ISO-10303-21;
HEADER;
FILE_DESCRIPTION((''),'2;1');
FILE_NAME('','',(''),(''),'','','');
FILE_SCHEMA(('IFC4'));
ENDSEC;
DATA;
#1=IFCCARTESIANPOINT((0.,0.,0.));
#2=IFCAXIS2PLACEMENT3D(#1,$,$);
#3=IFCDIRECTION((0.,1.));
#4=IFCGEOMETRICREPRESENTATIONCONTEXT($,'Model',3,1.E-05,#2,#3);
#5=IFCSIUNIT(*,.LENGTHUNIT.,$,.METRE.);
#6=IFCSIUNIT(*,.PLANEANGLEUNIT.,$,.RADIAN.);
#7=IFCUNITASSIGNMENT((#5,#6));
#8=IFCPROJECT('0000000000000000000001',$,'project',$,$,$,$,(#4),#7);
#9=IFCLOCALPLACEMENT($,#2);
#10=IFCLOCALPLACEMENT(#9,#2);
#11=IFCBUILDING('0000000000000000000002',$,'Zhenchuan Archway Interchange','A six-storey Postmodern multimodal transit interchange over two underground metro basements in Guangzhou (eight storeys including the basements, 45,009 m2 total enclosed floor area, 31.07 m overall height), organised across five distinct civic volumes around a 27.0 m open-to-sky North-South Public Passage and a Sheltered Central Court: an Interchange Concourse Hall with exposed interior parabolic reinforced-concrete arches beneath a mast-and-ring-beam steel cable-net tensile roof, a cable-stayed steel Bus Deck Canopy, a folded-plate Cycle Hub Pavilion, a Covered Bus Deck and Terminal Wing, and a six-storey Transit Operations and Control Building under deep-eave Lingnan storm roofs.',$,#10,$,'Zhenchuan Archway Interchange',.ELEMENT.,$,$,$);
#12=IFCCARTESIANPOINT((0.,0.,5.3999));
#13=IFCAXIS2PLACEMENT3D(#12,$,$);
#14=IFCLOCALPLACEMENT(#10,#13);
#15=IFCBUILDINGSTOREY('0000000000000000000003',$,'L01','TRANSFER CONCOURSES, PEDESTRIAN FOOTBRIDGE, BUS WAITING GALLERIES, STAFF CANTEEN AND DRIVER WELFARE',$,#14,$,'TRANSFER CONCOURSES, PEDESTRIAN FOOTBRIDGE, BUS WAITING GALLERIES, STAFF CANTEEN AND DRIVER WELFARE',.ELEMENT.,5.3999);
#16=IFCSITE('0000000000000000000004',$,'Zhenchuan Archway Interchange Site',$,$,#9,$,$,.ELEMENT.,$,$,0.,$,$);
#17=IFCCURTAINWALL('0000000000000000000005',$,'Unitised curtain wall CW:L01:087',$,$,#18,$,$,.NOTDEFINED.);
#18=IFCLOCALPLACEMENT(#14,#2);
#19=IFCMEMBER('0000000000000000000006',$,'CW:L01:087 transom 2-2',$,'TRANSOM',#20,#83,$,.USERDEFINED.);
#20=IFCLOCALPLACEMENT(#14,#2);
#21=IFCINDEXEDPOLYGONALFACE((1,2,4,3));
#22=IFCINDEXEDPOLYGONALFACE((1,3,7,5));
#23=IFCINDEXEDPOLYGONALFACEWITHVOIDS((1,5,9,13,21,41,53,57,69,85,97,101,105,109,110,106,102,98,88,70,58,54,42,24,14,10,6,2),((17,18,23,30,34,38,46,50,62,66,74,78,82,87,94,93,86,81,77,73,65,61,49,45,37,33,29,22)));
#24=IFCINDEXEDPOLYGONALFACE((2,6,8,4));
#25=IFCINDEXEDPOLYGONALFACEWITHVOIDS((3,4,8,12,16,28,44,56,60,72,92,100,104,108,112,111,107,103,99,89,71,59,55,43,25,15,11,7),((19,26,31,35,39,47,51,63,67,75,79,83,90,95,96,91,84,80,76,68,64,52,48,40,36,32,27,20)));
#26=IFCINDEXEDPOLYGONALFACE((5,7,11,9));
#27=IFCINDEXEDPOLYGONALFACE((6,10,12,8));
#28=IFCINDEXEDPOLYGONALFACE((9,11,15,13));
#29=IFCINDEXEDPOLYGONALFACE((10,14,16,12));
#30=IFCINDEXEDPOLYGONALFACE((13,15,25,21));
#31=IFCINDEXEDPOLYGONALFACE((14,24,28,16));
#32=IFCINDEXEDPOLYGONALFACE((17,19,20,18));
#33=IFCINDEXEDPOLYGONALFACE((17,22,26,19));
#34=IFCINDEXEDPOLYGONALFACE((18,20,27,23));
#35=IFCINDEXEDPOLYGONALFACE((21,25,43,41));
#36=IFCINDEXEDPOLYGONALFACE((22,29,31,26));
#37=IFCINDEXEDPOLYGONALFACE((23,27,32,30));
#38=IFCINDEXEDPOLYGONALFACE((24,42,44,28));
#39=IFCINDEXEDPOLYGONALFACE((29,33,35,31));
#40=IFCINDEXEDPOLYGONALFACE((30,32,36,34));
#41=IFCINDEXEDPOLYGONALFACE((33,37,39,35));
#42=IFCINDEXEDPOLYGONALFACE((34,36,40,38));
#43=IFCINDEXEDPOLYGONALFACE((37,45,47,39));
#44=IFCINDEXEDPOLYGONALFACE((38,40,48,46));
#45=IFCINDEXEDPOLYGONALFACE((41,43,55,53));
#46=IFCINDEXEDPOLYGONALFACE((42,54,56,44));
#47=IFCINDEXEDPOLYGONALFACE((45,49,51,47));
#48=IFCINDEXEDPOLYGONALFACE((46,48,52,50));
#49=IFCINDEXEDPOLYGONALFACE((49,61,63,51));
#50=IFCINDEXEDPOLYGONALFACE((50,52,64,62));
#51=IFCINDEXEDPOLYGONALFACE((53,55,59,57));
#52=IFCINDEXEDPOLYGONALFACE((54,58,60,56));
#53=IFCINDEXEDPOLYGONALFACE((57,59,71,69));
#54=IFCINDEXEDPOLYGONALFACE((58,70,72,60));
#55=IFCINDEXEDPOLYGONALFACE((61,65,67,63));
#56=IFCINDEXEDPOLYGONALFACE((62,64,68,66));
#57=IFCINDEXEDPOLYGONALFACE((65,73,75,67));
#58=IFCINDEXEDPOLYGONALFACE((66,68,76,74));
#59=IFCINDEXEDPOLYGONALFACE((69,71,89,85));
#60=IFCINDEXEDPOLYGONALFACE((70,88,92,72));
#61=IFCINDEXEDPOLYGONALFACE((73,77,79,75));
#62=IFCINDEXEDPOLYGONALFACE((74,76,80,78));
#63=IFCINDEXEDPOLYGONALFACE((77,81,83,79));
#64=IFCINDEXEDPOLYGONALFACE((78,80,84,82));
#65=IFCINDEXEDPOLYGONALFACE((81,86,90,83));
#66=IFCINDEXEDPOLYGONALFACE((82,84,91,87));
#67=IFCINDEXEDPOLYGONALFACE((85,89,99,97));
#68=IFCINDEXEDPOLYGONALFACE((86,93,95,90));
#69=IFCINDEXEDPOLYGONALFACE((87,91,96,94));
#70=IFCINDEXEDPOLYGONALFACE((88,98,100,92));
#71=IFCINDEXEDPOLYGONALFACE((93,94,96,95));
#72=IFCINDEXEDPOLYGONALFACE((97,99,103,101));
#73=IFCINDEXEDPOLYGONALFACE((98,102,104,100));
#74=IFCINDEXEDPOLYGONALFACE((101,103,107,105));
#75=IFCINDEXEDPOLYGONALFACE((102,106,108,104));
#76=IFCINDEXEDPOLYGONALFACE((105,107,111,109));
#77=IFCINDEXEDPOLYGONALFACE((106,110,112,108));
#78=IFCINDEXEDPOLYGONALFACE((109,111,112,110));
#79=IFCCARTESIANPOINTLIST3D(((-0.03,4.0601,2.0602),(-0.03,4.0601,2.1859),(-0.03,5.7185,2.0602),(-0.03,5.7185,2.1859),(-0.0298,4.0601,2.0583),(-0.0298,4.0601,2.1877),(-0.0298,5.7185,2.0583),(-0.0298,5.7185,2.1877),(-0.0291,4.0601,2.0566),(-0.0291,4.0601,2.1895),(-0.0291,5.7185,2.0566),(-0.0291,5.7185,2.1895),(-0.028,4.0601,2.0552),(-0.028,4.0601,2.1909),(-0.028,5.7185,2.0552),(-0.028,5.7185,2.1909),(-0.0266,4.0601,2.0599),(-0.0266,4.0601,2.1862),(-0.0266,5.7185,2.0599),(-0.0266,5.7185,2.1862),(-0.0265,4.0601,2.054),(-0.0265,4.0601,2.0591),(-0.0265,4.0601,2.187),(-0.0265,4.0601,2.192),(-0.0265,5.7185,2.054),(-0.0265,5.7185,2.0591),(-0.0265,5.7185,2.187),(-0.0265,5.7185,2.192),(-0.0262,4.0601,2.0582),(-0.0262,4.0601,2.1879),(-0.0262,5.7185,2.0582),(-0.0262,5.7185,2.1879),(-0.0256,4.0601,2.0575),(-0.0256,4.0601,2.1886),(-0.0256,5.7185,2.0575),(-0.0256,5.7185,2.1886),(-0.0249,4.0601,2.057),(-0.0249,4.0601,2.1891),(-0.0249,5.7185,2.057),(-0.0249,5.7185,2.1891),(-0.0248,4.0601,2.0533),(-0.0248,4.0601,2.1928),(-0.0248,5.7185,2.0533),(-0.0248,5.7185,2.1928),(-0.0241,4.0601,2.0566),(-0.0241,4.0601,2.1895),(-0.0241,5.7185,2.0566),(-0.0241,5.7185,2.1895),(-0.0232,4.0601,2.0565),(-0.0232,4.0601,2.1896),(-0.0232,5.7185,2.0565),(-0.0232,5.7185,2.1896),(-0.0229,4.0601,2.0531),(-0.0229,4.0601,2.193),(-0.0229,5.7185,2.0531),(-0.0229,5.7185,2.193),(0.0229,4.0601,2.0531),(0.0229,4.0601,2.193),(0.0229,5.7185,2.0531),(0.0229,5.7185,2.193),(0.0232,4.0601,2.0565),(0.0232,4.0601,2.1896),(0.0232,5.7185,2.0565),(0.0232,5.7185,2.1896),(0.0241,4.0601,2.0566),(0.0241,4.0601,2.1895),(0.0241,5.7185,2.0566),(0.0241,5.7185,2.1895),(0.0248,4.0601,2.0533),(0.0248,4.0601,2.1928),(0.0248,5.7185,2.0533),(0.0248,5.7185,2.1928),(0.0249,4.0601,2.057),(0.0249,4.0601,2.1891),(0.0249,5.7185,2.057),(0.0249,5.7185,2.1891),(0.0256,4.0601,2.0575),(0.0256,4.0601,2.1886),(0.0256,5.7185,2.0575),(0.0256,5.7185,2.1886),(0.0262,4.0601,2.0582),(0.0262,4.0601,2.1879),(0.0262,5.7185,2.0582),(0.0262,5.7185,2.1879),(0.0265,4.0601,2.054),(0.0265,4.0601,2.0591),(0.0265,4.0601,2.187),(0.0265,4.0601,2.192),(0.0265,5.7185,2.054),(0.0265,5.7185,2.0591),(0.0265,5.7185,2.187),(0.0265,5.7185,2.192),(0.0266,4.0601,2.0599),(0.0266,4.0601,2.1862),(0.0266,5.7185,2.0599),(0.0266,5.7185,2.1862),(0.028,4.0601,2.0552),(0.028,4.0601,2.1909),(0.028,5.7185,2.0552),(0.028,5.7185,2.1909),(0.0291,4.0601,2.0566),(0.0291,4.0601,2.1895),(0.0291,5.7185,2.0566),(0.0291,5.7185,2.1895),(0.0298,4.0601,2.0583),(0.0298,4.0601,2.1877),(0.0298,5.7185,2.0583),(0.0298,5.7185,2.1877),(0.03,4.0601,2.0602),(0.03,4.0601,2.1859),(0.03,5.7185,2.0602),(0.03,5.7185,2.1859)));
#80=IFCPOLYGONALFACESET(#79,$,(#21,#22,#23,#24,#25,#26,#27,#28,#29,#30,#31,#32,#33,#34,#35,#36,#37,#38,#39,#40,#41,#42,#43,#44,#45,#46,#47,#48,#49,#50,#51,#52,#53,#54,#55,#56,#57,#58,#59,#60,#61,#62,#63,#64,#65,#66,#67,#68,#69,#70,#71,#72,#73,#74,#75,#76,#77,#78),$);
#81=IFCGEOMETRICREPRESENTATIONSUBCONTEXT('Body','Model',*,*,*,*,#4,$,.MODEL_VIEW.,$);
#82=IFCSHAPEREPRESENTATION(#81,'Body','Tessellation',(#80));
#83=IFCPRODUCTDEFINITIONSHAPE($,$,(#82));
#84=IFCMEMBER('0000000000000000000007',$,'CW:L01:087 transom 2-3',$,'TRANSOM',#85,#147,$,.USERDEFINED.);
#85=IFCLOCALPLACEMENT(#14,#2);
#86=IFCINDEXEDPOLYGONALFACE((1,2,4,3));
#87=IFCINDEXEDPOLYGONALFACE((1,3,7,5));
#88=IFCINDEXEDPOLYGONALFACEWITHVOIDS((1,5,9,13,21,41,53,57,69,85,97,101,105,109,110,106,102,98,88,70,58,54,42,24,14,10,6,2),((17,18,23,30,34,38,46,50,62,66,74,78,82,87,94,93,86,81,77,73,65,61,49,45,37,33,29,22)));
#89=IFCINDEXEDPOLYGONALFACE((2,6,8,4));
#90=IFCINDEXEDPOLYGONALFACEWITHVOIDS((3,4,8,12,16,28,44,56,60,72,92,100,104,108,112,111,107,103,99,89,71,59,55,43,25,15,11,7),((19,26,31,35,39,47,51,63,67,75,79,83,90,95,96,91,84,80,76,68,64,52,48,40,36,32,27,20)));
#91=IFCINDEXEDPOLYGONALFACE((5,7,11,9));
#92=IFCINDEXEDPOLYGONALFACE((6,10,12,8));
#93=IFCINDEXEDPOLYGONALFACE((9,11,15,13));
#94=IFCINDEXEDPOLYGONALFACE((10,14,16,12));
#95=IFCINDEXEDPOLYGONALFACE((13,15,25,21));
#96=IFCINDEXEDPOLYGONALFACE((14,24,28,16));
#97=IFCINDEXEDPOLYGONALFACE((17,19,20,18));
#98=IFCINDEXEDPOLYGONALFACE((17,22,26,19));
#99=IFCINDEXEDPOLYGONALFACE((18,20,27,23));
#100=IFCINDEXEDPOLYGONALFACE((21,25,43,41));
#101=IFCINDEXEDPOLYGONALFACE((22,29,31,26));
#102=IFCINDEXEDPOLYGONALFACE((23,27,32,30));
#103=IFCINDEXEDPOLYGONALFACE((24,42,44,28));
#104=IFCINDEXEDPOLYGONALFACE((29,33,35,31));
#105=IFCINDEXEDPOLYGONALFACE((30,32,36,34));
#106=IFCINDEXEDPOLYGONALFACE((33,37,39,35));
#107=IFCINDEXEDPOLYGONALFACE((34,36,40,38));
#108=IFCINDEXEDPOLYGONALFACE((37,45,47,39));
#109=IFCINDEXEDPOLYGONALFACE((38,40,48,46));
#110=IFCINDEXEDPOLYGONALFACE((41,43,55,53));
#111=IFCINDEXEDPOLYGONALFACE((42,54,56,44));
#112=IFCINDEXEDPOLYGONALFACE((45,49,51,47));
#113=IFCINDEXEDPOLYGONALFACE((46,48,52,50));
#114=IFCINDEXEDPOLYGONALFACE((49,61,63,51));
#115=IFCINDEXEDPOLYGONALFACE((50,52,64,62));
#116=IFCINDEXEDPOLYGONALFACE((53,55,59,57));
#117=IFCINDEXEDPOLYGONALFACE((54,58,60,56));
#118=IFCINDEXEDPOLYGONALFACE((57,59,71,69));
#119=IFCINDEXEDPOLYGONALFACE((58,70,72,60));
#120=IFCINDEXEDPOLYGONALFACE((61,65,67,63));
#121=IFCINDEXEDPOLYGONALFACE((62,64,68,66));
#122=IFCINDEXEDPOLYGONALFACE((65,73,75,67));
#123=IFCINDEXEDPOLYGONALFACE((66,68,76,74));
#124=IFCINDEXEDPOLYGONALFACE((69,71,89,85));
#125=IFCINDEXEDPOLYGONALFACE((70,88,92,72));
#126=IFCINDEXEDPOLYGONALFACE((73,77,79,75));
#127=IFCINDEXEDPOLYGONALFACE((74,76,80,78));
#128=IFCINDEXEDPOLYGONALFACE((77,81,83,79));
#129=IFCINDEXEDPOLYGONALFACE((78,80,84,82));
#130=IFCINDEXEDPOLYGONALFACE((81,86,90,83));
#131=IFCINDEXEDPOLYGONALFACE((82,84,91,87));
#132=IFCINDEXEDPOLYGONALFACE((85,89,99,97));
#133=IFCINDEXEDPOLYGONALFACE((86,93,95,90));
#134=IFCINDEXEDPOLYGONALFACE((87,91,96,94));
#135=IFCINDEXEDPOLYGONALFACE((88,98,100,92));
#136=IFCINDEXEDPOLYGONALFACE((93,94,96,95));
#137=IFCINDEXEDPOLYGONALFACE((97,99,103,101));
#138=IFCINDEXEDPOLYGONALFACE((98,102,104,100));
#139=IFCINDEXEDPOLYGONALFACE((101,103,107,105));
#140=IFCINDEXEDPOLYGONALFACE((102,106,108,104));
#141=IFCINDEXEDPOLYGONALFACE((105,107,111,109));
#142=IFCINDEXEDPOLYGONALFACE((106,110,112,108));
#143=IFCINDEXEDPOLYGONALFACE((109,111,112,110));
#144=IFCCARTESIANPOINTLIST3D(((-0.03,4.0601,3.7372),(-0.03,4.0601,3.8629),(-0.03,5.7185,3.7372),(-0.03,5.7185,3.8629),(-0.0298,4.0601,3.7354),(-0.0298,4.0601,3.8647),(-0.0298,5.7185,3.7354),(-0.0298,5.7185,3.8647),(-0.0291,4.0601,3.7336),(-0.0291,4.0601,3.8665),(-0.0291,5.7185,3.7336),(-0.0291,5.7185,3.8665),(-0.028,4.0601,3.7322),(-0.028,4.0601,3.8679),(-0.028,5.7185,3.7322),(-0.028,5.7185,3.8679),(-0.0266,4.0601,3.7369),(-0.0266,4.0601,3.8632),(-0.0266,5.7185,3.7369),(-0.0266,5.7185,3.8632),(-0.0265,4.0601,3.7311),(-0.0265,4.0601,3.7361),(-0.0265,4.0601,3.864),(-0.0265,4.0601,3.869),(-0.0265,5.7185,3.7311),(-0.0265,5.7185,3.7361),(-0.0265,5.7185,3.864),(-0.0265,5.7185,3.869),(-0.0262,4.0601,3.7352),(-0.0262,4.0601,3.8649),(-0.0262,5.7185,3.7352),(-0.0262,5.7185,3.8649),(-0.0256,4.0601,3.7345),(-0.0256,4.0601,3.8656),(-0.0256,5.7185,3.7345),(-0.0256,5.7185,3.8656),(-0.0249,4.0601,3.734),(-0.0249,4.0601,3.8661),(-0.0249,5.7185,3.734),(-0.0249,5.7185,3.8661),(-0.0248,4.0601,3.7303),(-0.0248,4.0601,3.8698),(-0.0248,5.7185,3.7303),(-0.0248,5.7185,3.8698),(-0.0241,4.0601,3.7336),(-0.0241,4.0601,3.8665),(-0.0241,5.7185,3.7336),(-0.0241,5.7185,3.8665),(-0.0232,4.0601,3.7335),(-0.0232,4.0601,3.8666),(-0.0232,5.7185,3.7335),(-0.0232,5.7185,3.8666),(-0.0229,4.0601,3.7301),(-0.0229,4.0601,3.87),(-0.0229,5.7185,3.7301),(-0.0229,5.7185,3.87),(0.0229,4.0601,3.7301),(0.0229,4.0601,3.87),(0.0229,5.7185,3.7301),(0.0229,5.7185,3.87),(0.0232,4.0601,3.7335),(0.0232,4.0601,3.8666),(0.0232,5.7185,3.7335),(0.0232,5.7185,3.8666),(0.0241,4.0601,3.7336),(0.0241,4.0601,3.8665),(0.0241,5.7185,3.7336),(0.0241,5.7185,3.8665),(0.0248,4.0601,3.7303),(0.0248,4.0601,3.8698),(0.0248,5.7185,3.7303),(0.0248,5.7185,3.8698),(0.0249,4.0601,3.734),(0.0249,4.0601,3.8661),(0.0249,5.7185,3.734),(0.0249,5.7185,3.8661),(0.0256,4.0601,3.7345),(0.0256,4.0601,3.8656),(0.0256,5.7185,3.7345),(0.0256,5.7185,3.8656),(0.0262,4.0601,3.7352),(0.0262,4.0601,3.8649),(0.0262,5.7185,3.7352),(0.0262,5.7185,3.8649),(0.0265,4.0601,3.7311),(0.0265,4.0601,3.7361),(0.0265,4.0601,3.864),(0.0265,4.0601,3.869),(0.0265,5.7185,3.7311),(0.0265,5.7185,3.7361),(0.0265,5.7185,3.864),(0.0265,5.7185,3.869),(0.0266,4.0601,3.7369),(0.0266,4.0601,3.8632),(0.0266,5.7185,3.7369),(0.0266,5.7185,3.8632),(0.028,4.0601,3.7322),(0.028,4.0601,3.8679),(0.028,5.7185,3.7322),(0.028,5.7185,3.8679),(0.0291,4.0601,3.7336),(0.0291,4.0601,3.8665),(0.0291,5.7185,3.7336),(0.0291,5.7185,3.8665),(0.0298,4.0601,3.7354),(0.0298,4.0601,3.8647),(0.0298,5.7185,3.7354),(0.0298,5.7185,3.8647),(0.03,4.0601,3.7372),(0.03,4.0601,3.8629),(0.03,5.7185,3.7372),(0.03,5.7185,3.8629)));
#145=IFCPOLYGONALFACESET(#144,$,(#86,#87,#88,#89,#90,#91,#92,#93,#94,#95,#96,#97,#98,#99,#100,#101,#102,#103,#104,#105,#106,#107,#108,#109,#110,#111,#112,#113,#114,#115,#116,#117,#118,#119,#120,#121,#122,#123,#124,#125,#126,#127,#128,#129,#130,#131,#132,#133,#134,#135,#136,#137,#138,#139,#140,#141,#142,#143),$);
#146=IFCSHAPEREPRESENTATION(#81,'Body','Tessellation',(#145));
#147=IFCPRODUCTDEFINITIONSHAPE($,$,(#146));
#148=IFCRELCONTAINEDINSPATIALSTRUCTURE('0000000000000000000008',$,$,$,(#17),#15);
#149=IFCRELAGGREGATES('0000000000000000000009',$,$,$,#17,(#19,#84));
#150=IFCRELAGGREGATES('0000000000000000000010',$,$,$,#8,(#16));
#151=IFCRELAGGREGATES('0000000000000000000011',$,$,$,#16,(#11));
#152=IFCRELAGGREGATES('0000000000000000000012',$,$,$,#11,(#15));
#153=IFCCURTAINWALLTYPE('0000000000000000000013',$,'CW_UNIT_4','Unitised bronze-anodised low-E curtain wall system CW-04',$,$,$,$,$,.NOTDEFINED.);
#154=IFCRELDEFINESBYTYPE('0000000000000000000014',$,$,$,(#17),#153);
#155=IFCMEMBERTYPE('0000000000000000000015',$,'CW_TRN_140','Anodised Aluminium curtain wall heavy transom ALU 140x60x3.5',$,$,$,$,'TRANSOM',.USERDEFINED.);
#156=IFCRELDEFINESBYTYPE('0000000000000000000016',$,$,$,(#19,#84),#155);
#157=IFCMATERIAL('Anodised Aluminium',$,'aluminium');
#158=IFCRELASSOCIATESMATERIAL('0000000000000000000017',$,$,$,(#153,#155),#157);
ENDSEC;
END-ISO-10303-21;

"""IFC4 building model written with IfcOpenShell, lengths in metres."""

from ifc_helpers import new_model, si_unit, direction, frame, origin, origin_2d, place, context, subcontext, project, spatial, hollow_rectangle, extrude, material, material_profile, profile_set, type_object, element, aggregate, save


model = new_model("IFC4")

# Units and contexts
model_context = context("Model", 3, precision=1e-05, world=origin(), true_north=direction((0.0, 1.0)))
body_context = subcontext(model_context, "Body", "Model", "MODEL_VIEW")
ifc_project = project(units=[si_unit("LENGTHUNIT", "METRE"), si_unit("PLANEANGLEUNIT", "RADIAN")], contexts=[model_context])

# Site, building, storey
site_placement = place(None, origin())
site = spatial("IfcSite", under=ifc_project, at=site_placement, Name="Zhenchuan Archway Interchange Site", CompositionType="ELEMENT", RefElevation=0.0)
building_placement = place(site_placement, origin())
building = spatial("IfcBuilding", under=site, at=building_placement, Name="Zhenchuan Archway Interchange", Description="A six-storey Postmodern multimodal transit interchange over two underground metro basements in Guangzhou (eight storeys including the basements, 45,009 m2 total enclosed floor area, 31.07 m overall height), organised across five distinct civic volumes around a 27.0 m open-to-sky North-South Public Passage and a Sheltered Central Court: an Interchange Concourse Hall with exposed interior parabolic reinforced-concrete arches beneath a mast-and-ring-beam steel cable-net tensile roof, a cable-stayed steel Bus Deck Canopy, a folded-plate Cycle Hub Pavilion, a Covered Bus Deck and Terminal Wing, and a six-storey Transit Operations and Control Building under deep-eave Lingnan storm roofs.", LongName="Zhenchuan Archway Interchange", CompositionType="ELEMENT")
storey_placement = place(building_placement, frame((0.0, 0.0, 5.3999)))
storey = spatial("IfcBuildingStorey", under=building, at=storey_placement, Name="L01", Description="TRANSFER CONCOURSES, PEDESTRIAN FOOTBRIDGE, BUS WAITING GALLERIES, STAFF CANTEEN AND DRIVER WELFARE", LongName="TRANSFER CONCOURSES, PEDESTRIAN FOOTBRIDGE, BUS WAITING GALLERIES, STAFF CANTEEN AND DRIVER WELFARE", CompositionType="ELEMENT", Elevation=5.3999)

# Curtain wall
ifc_material_1 = material(Name="Anodised Aluminium", Category="aluminium")
curtain_wall_type_1 = type_object("IfcCurtainWallType", Name="CW_UNIT_4", Description="Unitised bronze-anodised low-E curtain wall system CW-04", PredefinedType="NOTDEFINED", material=ifc_material_1)
curtain_wall_1_placement = place(storey_placement, origin())
curtain_wall_1 = element("IfcCurtainWall", 1, at=curtain_wall_1_placement, inside=storey, type_object=curtain_wall_type_1, Name="Unitised curtain wall CW:L01:087", PredefinedType="NOTDEFINED")

# Members
ifc_material_profile_1 = material_profile(ifc_material_1, hollow_rectangle(XDim=0.0601, YDim=0.1399, WallThickness=0.0034, InnerFilletRadius=0.0034, OuterFilletRadius=0.0071, at=origin_2d()), Name="ALU 140x60x3.5")
ifc_profile_set_1 = profile_set([ifc_material_profile_1], Name="Anodised Aluminium")
member_type_1 = type_object("IfcMemberType", Name="CW_TRN_140", Description="Anodised Aluminium curtain wall heavy transom ALU 140x60x3.5", ElementType="TRANSOM", PredefinedType="USERDEFINED", material=ifc_profile_set_1)
member_1_placement = place(storey_placement, frame((0.0, 4.0601, 2.123), z_axis=(0.0, 1.0, 0.0), x_axis=(-1.0, 0.0, 0.0)))
member_1 = element("IfcMember", 2, at=member_1_placement, type_object=member_type_1, Name="CW:L01:087 transom 2-2", ObjectType="TRANSOM", PredefinedType="USERDEFINED", context=body_context, shape_type="SweptSolid", body=[
    extrude(hollow_rectangle(XDim=0.0601, YDim=0.1399, WallThickness=0.0034, InnerFilletRadius=0.0034, OuterFilletRadius=0.0071, at=origin_2d()), origin(), (0.0, 0.0, 1.0), 1.6584),
])
member_2_placement = place(storey_placement, frame((0.0, 4.0601, 3.8), z_axis=(0.0, 1.0, 0.0), x_axis=(-1.0, 0.0, 0.0)))
member_2 = element("IfcMember", 3, at=member_2_placement, type_object=member_type_1, Name="CW:L01:087 transom 2-3", ObjectType="TRANSOM", PredefinedType="USERDEFINED", context=body_context, shape_type="SweptSolid", body=[
    extrude(hollow_rectangle(XDim=0.0601, YDim=0.1399, WallThickness=0.0034, InnerFilletRadius=0.0034, OuterFilletRadius=0.0071, at=origin_2d()), origin(), (0.0, 0.0, 1.0), 1.6584),
])

aggregate(curtain_wall_1, [member_1, member_2])

save(model, "model.ifc")
